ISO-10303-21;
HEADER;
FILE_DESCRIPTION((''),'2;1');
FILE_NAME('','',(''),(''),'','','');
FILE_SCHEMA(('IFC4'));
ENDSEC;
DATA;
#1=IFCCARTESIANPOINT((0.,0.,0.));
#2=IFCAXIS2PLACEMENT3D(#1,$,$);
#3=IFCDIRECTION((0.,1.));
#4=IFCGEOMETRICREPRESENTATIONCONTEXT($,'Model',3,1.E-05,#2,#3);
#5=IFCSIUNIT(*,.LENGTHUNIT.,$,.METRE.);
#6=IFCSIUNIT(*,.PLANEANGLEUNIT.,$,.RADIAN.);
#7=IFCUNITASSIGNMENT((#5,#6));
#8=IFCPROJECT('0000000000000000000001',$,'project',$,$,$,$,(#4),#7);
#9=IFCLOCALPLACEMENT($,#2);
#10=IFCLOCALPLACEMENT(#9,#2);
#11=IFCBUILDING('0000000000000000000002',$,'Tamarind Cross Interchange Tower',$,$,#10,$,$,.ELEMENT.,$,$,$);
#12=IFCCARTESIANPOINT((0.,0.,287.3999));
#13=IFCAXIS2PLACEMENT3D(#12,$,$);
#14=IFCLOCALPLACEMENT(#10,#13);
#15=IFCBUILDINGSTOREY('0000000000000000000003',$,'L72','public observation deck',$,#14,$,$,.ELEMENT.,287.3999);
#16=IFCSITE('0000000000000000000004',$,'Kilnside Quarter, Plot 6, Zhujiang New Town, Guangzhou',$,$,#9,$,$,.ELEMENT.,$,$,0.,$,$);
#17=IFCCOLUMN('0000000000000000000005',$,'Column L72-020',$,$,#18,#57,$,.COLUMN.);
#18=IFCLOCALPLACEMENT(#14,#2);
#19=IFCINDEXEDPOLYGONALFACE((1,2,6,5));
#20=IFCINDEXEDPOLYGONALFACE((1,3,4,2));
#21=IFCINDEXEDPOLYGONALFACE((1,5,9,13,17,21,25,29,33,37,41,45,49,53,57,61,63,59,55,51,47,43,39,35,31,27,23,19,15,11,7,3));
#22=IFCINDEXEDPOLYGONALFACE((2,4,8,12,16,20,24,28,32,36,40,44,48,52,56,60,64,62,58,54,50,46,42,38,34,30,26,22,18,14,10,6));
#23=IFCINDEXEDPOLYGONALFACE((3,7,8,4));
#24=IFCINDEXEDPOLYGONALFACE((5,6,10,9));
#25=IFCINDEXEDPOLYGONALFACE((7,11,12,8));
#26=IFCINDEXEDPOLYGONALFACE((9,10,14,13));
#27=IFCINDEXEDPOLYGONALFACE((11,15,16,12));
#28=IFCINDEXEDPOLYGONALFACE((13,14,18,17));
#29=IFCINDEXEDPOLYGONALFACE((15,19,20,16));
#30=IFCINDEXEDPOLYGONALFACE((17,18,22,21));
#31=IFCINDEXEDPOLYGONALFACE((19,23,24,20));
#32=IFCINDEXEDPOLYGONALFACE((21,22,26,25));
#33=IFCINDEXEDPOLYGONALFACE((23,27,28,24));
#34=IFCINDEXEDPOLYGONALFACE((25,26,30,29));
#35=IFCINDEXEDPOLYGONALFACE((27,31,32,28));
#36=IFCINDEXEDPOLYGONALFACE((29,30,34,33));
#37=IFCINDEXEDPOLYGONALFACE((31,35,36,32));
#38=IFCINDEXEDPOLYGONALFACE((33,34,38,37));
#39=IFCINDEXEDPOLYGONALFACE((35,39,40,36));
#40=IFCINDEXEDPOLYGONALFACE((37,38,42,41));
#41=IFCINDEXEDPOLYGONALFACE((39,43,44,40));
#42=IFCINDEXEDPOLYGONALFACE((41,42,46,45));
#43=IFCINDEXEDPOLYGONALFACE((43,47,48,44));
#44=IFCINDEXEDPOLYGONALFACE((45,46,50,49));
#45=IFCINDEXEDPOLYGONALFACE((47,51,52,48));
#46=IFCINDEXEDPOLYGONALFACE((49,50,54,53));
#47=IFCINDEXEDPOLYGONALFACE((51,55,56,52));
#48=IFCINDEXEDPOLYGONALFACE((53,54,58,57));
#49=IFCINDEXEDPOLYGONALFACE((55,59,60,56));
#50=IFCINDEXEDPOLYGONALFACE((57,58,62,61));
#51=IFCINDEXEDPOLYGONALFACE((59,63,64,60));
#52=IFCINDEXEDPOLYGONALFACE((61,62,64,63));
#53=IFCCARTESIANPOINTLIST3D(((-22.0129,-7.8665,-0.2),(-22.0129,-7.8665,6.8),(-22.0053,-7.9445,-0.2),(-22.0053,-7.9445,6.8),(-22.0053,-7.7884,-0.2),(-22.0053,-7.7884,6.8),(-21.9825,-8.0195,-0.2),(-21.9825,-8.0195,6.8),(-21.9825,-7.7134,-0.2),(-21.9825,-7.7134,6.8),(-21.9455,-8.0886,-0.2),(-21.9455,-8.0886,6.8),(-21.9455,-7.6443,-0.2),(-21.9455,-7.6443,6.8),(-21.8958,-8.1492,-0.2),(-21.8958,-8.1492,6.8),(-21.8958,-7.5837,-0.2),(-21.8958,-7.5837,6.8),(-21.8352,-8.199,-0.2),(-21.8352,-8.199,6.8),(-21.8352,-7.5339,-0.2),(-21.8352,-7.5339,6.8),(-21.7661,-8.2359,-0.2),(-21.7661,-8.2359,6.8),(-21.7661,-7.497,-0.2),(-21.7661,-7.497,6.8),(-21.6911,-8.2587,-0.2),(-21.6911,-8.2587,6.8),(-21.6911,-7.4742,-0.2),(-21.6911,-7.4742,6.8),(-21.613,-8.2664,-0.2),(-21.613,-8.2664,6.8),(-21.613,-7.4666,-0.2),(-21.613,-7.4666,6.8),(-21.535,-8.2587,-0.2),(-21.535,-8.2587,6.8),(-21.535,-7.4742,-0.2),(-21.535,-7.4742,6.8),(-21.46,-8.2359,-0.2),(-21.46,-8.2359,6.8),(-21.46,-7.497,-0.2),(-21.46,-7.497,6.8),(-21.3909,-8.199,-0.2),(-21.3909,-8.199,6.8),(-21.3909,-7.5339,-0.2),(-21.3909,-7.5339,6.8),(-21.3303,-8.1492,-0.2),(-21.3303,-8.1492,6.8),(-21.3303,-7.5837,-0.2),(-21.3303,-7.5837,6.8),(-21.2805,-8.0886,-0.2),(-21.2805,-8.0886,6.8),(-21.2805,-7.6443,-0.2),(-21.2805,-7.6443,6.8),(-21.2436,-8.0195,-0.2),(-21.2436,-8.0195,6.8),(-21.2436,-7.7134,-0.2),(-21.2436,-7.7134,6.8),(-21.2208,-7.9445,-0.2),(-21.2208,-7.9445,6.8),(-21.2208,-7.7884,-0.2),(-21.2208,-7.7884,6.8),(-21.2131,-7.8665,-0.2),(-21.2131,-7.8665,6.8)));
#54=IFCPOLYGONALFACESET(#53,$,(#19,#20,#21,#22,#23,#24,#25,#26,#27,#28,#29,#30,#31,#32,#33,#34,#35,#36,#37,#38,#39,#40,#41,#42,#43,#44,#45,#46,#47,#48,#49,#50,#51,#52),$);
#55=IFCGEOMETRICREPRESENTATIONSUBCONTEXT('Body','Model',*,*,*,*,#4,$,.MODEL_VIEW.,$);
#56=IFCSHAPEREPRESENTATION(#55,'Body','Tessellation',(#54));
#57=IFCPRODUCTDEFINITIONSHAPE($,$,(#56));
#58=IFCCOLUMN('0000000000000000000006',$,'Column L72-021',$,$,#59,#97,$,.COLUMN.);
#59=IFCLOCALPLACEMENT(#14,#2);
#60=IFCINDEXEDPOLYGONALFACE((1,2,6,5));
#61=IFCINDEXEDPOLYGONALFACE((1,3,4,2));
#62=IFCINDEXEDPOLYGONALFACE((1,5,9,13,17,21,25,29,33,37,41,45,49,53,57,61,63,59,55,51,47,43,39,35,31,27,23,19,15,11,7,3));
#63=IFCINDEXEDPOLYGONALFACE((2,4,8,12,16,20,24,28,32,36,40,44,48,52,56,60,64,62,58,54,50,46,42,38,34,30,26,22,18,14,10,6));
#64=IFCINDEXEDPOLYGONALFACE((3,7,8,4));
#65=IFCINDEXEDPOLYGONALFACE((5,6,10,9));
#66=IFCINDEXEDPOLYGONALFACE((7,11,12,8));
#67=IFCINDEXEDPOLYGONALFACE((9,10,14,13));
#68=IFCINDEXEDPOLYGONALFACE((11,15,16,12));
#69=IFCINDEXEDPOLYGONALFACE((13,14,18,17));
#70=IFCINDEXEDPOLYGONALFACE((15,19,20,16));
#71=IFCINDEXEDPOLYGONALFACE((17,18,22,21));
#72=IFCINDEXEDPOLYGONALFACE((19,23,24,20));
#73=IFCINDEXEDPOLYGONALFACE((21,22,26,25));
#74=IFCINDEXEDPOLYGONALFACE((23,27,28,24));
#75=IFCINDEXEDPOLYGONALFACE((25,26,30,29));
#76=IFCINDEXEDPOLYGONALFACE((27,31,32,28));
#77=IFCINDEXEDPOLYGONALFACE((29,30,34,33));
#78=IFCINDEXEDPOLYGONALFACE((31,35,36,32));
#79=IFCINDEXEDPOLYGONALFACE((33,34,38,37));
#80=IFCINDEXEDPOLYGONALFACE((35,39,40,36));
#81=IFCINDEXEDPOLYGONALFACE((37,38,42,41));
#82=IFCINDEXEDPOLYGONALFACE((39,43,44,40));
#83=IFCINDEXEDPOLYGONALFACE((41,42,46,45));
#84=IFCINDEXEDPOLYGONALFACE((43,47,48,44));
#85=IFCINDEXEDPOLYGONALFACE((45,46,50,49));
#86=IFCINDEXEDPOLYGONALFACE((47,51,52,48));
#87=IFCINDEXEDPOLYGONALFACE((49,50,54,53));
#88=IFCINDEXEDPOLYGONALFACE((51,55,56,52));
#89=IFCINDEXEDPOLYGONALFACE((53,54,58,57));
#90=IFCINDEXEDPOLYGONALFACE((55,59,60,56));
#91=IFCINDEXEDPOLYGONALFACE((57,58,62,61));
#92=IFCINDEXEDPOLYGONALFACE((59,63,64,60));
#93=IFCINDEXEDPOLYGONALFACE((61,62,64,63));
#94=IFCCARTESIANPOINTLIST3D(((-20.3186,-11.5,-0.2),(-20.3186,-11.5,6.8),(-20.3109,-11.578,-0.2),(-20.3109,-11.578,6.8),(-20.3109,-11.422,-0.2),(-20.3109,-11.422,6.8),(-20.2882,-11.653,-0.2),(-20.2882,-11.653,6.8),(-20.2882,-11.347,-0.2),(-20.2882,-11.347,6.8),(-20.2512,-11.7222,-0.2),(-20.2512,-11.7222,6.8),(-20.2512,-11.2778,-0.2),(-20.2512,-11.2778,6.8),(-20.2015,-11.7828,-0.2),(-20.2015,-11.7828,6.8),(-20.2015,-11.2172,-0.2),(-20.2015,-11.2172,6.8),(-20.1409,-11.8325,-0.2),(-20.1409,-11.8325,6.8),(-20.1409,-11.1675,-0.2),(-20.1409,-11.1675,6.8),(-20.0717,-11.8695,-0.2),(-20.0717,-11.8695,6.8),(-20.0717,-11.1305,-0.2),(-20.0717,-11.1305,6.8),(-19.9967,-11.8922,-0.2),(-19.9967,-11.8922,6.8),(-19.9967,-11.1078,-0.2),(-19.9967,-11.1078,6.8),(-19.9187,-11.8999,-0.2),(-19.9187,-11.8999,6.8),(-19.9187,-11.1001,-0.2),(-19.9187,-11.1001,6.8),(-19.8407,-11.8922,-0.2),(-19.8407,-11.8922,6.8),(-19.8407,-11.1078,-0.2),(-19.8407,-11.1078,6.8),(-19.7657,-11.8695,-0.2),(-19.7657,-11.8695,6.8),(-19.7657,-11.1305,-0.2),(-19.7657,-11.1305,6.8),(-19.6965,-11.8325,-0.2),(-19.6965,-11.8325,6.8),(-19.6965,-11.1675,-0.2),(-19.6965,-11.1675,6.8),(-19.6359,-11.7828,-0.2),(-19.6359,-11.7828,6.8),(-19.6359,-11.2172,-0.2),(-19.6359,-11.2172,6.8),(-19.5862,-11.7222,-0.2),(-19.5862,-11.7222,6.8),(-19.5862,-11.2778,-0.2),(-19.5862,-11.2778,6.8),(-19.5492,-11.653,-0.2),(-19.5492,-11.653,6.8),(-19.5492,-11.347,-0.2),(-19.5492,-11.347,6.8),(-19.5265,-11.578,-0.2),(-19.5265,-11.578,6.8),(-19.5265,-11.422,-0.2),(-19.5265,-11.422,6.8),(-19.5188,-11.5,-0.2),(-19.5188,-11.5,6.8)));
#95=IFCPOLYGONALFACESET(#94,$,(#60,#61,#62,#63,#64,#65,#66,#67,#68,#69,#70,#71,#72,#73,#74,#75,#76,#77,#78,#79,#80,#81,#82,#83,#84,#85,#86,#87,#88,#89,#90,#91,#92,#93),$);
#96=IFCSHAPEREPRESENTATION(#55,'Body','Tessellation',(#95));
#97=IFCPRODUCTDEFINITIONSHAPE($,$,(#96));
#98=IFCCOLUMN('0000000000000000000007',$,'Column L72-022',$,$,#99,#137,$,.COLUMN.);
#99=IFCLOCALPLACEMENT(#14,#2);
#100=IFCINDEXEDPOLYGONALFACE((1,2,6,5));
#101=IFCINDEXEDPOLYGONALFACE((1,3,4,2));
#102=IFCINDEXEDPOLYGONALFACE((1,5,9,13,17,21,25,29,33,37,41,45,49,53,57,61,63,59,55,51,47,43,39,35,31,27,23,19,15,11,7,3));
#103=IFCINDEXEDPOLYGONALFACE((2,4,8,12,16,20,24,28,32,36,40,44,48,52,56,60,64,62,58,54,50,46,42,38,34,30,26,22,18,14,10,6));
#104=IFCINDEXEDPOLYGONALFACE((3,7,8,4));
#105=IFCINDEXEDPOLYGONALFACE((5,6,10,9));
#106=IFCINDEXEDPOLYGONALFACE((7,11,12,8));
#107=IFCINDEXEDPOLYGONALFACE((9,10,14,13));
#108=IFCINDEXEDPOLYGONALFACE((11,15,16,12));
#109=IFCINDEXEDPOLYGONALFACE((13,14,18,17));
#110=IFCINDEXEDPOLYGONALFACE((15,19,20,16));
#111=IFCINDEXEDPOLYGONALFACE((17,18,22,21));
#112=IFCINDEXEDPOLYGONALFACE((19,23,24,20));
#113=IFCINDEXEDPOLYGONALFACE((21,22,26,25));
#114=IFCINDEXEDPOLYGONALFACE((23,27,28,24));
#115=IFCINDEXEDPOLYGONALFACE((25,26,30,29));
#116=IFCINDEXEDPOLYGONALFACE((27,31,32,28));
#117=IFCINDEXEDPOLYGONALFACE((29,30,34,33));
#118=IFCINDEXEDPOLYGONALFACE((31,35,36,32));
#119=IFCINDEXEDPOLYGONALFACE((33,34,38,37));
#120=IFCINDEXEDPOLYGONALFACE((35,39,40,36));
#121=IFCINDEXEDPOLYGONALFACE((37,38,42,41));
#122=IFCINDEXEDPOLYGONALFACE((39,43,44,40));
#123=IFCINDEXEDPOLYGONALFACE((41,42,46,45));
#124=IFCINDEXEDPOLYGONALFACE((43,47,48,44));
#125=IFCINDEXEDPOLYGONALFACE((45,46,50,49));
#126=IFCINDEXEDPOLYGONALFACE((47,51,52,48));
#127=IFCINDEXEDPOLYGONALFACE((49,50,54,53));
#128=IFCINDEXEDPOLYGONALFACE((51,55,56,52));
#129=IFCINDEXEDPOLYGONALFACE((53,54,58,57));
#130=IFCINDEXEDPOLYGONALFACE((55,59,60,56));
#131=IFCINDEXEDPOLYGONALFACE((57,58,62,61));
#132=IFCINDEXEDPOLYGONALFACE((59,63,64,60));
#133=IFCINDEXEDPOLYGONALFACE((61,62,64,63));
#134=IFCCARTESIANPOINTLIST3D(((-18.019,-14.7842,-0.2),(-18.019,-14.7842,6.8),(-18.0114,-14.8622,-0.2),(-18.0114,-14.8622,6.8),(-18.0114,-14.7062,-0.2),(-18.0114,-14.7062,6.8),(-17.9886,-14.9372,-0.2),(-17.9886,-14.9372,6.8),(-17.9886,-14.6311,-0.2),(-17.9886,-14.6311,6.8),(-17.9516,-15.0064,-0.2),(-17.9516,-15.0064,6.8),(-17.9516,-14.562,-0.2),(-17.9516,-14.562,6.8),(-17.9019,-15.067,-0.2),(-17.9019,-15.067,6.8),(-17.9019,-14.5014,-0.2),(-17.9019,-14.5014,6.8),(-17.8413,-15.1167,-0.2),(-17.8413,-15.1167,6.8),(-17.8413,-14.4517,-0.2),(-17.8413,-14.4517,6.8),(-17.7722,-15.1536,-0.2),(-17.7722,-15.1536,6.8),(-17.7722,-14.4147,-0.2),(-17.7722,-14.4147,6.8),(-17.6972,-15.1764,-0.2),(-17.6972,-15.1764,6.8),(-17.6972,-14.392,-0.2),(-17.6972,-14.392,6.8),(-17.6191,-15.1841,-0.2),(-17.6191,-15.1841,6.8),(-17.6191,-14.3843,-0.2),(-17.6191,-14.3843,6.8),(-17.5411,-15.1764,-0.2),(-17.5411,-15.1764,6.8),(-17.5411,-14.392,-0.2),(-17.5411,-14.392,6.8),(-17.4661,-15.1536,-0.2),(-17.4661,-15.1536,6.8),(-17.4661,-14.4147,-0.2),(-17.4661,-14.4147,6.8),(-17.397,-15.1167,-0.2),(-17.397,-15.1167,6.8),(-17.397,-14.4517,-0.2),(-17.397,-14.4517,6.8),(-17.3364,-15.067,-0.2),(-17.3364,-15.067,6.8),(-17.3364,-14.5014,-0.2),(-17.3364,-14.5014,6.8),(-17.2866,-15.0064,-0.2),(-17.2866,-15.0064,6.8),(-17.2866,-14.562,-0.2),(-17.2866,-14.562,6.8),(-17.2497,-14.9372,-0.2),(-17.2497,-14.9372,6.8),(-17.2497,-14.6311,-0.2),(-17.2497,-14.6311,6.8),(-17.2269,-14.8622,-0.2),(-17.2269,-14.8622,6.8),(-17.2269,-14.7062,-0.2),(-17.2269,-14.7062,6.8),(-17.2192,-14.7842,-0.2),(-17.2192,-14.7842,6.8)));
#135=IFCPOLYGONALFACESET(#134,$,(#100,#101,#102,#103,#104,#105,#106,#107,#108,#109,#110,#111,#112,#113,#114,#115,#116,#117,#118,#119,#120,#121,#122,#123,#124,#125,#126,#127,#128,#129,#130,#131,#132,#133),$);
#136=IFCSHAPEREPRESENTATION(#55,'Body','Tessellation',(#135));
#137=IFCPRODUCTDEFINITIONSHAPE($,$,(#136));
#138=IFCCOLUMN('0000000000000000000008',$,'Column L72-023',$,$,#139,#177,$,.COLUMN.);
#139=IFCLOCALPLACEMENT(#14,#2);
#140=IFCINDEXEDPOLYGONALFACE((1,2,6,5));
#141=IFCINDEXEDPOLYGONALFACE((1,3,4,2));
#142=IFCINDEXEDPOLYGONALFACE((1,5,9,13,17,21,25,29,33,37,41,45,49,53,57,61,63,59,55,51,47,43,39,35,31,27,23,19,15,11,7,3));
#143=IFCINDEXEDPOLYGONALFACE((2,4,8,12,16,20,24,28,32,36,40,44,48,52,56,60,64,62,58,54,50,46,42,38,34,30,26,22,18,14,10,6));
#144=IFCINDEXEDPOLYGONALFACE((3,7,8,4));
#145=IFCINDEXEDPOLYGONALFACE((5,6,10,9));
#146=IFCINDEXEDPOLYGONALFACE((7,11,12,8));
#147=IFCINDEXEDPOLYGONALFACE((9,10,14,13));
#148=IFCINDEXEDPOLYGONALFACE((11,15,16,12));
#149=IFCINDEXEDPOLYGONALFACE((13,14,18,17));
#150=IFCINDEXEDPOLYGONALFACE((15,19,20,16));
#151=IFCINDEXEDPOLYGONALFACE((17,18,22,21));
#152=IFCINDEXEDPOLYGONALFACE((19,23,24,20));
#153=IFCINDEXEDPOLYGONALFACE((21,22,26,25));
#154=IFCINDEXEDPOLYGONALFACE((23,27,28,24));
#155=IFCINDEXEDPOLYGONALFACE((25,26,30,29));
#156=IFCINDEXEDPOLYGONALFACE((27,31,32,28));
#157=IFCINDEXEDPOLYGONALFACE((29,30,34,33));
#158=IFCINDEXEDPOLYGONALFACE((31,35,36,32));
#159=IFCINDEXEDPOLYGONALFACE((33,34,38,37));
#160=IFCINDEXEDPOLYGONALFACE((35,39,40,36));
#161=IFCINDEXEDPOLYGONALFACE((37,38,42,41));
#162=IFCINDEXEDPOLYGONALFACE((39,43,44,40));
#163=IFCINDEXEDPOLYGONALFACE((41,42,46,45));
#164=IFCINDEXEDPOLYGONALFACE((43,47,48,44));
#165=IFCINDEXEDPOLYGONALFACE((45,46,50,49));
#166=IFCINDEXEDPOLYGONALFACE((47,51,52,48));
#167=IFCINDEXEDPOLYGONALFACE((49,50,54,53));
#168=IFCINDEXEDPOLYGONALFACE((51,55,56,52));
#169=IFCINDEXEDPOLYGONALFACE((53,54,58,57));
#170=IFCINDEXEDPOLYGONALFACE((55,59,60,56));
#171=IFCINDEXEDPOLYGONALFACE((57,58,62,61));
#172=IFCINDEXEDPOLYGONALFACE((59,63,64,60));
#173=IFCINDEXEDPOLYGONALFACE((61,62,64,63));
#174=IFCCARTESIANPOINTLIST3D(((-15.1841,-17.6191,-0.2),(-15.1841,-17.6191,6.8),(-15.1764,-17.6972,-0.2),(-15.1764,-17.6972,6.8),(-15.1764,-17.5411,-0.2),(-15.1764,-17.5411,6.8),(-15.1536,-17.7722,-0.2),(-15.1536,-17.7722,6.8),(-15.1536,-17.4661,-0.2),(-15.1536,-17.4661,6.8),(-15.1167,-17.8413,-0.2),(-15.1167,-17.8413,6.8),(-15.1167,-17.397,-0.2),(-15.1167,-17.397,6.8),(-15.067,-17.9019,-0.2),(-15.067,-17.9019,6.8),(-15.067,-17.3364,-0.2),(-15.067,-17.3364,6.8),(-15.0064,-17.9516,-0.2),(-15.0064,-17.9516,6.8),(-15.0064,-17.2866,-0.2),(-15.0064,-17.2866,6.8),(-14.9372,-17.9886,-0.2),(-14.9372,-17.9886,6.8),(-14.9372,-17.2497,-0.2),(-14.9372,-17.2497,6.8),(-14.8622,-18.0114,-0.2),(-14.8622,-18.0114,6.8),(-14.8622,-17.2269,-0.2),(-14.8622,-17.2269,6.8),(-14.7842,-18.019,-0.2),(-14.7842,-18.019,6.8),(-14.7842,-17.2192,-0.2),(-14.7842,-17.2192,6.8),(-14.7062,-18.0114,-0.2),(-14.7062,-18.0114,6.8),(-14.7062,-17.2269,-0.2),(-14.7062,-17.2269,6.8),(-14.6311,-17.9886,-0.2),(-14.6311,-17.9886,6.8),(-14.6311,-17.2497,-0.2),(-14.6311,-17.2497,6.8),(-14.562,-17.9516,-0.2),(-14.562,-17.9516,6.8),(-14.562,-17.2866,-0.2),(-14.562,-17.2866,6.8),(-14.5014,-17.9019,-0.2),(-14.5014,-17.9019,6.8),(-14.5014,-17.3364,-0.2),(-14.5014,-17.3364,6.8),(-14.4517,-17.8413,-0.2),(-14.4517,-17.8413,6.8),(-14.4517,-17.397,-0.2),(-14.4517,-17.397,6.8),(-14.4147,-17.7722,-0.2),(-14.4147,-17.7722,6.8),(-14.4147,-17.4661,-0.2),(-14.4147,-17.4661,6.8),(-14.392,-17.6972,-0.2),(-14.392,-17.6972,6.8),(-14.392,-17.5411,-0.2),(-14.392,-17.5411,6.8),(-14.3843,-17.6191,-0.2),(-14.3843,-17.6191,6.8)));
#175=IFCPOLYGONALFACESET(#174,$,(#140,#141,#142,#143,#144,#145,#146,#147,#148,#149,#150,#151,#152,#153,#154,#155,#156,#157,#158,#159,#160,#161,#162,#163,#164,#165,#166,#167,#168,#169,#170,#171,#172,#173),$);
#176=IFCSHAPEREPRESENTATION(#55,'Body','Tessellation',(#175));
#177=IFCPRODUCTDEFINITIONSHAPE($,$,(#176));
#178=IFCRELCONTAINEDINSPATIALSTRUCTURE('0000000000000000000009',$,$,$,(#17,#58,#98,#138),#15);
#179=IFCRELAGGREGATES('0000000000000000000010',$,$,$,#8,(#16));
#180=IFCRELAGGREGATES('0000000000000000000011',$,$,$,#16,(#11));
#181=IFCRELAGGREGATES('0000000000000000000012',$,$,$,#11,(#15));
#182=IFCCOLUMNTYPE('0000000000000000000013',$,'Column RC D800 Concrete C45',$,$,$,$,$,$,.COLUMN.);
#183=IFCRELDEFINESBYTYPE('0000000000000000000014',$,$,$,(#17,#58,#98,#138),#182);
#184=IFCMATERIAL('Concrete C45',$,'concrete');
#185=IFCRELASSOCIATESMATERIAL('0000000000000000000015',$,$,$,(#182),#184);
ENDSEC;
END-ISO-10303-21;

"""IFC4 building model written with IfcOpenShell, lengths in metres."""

from ifc_helpers import new_model, si_unit, direction, frame, origin, origin_2d, place, context, subcontext, project, spatial, circle, extrude, material, material_profile, profile_set, type_object, element, save


model = new_model("IFC4")

# Units and contexts
model_context = context("Model", 3, precision=1e-05, world=origin(), true_north=direction((0.0, 1.0)))
body_context = subcontext(model_context, "Body", "Model", "MODEL_VIEW")
ifc_project = project(units=[si_unit("LENGTHUNIT", "METRE"), si_unit("PLANEANGLEUNIT", "RADIAN")], contexts=[model_context])

# Site, building, storey
site_placement = place(None, origin())
site = spatial("IfcSite", under=ifc_project, at=site_placement, Name="Kilnside Quarter, Plot 6, Zhujiang New Town, Guangzhou", CompositionType="ELEMENT", RefElevation=0.0)
building_placement = place(site_placement, origin())
building = spatial("IfcBuilding", under=site, at=building_placement, Name="Tamarind Cross Interchange Tower", CompositionType="ELEMENT")
storey_placement = place(building_placement, frame((0.0, 0.0, 287.3999)))
storey = spatial("IfcBuildingStorey", under=building, at=storey_placement, Name="L72", Description="public observation deck", CompositionType="ELEMENT", Elevation=287.3999)

# Columns
ifc_material_1 = material(Name="Concrete C45", Category="concrete")
ifc_material_profile_1 = material_profile(ifc_material_1, circle(Radius=0.3999, at=origin_2d()), Name="RC D800")
ifc_profile_set_1 = profile_set([ifc_material_profile_1], Name="Concrete C45")
column_type = type_object("IfcColumnType", Name="Column RC D800 Concrete C45", PredefinedType="COLUMN", material=ifc_profile_set_1)
for number, where, z_axis, x_axis, name in (
    (1, (-21.613, -7.8665, -0.2), (0.0, 0.0, 1.0), (1.0, 0.0, 0.0), "Column L72-020"),
    (2, (-19.9187, -11.5, -0.2), (0.0, 0.0, 1.0), (1.0, 0.0, 0.0), "Column L72-021"),
    (3, (-17.6191, -14.7842, -0.2), (0.0, 0.0, 1.0), (1.0, 0.0, 0.0), "Column L72-022"),
    (4, (-14.7842, -17.6191, -0.2), (0.0, 0.0, 1.0), (1.0, 0.0, 0.0), "Column L72-023"),
):
    element("IfcColumn", number, at=place(storey_placement, frame(where, z_axis=z_axis, x_axis=x_axis)), inside=storey, type_object=column_type, Name=name, PredefinedType="COLUMN", context=body_context, shape_type="SweptSolid", body=[
        extrude(circle(Radius=0.3999, at=origin_2d()), origin(), (0.0, 0.0, 1.0), 7.0),
    ])

save(model, "model.ifc")
